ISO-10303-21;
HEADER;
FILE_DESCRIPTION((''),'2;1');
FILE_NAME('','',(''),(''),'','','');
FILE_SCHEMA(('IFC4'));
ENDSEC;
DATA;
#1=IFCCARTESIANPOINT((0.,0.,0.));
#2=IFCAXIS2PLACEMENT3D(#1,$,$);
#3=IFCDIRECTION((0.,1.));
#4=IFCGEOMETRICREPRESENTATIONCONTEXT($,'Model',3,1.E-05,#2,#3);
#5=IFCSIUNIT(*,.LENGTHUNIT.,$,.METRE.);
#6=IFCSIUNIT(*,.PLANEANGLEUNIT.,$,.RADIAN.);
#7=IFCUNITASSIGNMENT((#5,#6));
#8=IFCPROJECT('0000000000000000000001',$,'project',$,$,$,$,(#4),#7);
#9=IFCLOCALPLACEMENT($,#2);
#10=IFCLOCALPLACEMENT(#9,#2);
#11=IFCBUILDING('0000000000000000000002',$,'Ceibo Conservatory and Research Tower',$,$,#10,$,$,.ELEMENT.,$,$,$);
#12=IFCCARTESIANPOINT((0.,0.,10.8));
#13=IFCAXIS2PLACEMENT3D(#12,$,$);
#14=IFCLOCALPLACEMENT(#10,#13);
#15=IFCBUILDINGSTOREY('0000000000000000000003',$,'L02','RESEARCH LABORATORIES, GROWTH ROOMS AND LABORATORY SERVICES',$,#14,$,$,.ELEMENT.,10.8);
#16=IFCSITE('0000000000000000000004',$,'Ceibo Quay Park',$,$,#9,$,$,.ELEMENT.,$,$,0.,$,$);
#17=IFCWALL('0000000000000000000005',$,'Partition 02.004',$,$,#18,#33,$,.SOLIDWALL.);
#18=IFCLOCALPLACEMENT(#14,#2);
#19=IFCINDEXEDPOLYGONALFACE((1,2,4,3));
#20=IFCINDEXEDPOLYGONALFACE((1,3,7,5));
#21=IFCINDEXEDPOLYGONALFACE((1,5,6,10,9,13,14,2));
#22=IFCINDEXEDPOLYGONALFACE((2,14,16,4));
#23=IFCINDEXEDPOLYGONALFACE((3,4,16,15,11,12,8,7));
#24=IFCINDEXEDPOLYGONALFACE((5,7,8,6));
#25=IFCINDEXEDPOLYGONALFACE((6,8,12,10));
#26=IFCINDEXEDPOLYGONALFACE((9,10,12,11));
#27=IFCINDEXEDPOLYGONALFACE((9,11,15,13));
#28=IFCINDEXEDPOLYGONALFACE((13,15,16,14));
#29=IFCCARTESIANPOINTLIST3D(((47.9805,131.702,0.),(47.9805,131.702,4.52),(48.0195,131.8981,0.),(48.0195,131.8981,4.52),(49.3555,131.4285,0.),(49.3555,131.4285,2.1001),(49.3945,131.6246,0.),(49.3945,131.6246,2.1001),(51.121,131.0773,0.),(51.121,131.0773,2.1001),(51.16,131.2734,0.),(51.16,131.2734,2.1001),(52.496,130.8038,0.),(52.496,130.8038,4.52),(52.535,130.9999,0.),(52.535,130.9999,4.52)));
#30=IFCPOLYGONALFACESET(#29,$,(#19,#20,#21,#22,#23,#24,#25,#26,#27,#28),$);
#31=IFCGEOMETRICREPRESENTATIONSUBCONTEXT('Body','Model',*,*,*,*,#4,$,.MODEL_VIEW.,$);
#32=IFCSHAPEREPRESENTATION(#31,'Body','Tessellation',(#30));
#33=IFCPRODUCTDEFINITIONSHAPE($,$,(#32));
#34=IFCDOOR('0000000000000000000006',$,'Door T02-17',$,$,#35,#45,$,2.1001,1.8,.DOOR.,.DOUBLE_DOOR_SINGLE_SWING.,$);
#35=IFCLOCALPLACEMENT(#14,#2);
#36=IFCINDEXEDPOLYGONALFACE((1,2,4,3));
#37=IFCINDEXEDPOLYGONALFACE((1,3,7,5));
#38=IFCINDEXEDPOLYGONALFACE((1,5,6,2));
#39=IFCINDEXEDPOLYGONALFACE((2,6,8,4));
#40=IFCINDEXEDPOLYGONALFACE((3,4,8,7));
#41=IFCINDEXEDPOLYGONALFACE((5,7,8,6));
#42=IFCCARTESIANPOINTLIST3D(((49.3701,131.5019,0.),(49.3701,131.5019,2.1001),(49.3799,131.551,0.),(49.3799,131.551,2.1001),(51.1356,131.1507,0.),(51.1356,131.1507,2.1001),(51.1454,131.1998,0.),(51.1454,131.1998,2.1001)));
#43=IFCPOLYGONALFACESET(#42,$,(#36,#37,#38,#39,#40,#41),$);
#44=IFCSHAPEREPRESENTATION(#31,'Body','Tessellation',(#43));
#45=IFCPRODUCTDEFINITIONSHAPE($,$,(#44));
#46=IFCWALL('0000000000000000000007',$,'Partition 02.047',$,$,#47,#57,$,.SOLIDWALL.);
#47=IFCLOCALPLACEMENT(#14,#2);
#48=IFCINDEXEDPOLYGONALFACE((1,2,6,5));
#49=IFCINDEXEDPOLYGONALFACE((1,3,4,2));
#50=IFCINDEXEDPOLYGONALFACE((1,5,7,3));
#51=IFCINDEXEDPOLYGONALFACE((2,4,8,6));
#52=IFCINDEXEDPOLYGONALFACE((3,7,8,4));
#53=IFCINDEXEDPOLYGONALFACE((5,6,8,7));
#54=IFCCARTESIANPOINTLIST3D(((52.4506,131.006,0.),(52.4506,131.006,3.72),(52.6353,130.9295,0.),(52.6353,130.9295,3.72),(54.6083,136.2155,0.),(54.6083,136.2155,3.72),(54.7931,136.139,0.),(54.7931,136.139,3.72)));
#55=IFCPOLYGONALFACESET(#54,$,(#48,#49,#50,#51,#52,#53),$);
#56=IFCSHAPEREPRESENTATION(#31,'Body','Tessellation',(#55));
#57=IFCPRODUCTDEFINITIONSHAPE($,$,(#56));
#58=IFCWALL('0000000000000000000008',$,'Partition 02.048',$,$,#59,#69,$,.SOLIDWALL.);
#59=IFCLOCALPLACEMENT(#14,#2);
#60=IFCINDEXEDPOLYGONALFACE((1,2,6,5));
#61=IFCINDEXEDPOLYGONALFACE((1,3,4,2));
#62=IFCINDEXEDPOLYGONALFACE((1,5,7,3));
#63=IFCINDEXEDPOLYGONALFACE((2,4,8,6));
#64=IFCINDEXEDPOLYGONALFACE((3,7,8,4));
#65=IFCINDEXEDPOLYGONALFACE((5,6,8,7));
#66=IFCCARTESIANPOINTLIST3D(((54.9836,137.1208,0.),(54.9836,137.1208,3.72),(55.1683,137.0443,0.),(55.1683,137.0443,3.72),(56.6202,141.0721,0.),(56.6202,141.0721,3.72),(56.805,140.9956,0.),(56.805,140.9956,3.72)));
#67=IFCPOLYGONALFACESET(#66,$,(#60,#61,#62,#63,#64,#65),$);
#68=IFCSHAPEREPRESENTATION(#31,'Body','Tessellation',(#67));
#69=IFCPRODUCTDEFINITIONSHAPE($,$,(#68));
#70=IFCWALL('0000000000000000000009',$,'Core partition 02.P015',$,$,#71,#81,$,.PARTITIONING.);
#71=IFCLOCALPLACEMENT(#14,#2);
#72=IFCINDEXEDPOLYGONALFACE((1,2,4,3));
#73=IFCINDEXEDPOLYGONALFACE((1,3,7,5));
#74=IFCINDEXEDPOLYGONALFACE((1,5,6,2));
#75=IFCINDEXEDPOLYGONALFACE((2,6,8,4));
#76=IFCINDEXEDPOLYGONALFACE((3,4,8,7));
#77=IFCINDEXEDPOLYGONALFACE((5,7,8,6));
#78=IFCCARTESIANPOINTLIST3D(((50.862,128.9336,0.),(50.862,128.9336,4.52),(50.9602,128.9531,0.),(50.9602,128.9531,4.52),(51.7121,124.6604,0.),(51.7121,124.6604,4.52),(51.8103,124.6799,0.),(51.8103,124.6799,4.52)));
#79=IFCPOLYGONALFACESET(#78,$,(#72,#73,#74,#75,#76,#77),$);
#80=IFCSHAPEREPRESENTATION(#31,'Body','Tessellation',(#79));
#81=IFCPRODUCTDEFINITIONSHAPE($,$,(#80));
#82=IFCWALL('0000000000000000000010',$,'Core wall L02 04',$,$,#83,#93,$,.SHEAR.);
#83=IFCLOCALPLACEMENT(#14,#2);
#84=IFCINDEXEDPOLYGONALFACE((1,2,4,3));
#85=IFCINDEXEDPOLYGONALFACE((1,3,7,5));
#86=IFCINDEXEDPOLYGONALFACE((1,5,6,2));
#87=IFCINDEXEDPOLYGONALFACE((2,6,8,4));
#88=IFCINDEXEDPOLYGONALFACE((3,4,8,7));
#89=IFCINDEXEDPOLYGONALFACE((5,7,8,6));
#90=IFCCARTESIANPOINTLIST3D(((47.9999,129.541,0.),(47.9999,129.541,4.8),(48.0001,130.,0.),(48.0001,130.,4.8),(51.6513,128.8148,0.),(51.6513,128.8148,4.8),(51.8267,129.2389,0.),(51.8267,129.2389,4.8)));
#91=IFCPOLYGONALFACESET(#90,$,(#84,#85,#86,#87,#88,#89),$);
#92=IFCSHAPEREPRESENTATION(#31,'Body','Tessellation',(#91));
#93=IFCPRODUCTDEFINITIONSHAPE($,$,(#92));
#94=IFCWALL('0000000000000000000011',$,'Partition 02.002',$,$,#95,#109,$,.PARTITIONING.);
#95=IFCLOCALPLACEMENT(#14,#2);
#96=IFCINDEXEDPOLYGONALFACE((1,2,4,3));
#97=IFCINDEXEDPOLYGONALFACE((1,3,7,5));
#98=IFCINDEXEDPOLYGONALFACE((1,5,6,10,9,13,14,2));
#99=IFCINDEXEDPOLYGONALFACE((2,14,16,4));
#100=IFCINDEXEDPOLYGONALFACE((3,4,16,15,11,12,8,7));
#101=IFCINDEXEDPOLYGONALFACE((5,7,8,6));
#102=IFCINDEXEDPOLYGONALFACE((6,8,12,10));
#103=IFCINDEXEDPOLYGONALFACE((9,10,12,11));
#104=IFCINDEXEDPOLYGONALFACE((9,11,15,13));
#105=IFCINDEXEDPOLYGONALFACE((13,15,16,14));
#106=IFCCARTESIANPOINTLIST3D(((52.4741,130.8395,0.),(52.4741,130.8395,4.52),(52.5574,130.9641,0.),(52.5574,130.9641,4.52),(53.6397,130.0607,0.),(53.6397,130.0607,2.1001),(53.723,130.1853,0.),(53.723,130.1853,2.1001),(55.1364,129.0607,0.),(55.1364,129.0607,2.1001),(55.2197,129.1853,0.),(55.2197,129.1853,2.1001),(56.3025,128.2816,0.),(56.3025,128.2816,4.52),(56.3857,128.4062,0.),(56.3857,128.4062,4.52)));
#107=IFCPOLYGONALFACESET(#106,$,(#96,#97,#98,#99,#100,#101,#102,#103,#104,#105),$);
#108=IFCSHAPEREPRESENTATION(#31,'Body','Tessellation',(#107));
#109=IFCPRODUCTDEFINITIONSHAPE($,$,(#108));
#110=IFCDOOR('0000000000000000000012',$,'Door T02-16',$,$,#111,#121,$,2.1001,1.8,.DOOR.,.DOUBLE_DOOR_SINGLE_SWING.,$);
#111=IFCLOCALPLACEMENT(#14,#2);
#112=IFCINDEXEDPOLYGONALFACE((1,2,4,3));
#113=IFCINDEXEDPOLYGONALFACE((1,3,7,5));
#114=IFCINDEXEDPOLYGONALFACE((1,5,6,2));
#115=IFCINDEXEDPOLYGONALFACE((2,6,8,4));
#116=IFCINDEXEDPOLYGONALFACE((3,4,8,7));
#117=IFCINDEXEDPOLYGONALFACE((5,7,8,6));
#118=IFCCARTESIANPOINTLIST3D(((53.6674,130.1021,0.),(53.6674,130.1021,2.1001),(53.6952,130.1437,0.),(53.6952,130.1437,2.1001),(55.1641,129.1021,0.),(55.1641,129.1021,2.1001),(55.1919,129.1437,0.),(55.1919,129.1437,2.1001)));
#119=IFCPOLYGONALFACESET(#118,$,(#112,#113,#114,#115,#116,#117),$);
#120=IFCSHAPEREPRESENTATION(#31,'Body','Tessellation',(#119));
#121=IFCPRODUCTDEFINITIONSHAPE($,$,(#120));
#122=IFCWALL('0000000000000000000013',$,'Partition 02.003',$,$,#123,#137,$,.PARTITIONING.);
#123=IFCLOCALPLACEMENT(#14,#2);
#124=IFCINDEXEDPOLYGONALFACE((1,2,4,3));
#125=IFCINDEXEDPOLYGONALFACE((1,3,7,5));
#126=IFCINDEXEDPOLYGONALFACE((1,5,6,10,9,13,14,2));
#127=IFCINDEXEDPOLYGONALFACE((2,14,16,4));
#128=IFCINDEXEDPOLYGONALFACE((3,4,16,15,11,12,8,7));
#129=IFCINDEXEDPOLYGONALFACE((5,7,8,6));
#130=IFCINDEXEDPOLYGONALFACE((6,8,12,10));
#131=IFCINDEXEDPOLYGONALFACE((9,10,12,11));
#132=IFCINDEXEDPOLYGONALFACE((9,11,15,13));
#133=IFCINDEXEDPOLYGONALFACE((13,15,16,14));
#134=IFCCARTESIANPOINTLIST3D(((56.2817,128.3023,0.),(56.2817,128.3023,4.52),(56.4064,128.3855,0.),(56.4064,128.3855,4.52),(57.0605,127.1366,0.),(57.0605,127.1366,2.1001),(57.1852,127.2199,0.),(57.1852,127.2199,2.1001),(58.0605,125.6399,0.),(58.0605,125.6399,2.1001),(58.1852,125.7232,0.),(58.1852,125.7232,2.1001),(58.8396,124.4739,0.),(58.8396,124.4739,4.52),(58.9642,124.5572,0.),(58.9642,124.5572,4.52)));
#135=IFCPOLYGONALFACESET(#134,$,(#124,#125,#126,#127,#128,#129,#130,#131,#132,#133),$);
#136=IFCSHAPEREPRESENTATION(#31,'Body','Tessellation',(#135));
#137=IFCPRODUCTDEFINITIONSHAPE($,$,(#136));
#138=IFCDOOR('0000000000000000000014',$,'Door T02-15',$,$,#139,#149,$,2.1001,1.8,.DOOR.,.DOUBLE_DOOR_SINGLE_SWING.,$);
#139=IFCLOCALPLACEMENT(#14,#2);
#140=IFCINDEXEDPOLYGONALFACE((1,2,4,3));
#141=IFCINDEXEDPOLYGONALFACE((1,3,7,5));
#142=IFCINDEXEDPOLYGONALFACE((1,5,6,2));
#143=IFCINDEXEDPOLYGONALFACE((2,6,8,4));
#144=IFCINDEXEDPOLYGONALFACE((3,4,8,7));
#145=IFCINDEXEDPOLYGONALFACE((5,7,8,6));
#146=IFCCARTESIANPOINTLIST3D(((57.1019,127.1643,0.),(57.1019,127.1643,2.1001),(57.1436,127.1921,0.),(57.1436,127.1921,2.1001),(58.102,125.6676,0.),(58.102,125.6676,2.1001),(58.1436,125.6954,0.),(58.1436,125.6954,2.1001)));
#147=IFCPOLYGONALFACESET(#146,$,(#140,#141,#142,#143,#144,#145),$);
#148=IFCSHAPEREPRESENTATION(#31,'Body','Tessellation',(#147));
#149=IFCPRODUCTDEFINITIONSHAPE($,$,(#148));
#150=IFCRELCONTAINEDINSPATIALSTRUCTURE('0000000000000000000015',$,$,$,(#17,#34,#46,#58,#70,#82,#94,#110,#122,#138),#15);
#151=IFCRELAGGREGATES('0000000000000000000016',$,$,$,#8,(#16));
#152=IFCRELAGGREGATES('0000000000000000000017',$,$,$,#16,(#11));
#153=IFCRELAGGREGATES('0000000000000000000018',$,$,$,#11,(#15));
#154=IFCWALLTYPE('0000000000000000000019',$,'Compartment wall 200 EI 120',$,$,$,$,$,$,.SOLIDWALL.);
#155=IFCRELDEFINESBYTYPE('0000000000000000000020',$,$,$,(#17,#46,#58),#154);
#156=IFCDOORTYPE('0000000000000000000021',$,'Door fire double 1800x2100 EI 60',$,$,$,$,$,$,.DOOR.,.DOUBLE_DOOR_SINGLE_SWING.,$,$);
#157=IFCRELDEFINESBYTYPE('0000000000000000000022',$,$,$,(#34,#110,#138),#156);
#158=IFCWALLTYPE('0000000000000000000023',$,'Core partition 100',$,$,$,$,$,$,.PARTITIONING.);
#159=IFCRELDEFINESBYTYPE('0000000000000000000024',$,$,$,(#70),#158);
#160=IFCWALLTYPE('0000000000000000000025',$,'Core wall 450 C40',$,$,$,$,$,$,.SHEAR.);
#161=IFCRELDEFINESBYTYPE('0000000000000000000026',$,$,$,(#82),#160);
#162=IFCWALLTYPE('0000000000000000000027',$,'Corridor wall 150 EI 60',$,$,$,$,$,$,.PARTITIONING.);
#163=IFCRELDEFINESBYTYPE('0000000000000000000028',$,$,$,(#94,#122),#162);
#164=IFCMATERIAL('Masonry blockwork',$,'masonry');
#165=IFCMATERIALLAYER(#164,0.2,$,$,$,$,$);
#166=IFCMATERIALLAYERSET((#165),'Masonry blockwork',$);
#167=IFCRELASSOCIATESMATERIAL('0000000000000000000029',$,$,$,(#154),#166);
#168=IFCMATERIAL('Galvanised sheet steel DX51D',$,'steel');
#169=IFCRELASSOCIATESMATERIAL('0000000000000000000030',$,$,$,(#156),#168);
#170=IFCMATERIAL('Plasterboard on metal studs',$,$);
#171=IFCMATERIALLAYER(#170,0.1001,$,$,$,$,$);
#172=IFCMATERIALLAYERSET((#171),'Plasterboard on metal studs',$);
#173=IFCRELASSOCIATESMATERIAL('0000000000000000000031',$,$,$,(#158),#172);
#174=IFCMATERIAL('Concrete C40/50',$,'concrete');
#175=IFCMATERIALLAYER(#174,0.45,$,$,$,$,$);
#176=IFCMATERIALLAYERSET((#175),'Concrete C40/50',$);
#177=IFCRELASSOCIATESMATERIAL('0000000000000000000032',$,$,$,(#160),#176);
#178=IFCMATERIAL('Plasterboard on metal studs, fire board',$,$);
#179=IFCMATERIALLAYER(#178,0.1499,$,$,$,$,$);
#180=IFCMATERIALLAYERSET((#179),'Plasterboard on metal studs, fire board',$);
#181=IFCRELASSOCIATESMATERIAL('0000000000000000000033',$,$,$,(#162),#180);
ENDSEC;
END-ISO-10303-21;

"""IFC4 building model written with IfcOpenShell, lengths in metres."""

from ifc_helpers import new_model, si_unit, direction, frame, frame_2d, origin, place, context, subcontext, project, spatial, polyline, rectangle, outline, extrude, material, layer, layer_set, type_object, element, fill, save


model = new_model("IFC4")

# Units and contexts
model_context = context("Model", 3, precision=1e-05, world=origin(), true_north=direction((0.0, 1.0)))
body_context = subcontext(model_context, "Body", "Model", "MODEL_VIEW")
ifc_project = project(units=[si_unit("LENGTHUNIT", "METRE"), si_unit("PLANEANGLEUNIT", "RADIAN")], contexts=[model_context])

# Site, building, storey
site_placement = place(None, origin())
site = spatial("IfcSite", under=ifc_project, at=site_placement, Name="Ceibo Quay Park", CompositionType="ELEMENT", RefElevation=0.0)
building_placement = place(site_placement, origin())
building = spatial("IfcBuilding", under=site, at=building_placement, Name="Ceibo Conservatory and Research Tower", CompositionType="ELEMENT")
storey_placement = place(building_placement, frame((0.0, 0.0, 10.8)))
storey = spatial("IfcBuildingStorey", under=building, at=storey_placement, Name="L02", Description="RESEARCH LABORATORIES, GROWTH ROOMS AND LABORATORY SERVICES", CompositionType="ELEMENT", Elevation=10.8)

# Shared definitions
ifc_material_1 = material(Name="Concrete C40/50", Category="concrete")

# Wall, opening, door
ifc_material_2 = material(Name="Masonry blockwork", Category="masonry")
ifc_layer_1 = layer(ifc_material_2, 0.2)
ifc_layer_set_1 = layer_set([ifc_layer_1], Name="Masonry blockwork")
wall_type_1 = type_object("IfcWallType", Name="Compartment wall 200 EI 120", PredefinedType="SOLIDWALL", material=ifc_layer_set_1)
wall_1_placement = place(storey_placement, frame((48.0, 131.8, 0.0), z_axis=(0.0, 0.0, 1.0), x_axis=(0.980786, -0.195086, 0.0)))
wall_1 = element("IfcWall", 1, at=wall_1_placement, inside=storey, type_object=wall_type_1, Name="Partition 02.004", PredefinedType="SOLIDWALL", context=body_context, shape_type="SweptSolid", body=[
    extrude(rectangle(XDim=4.604, YDim=0.2, at=frame_2d((2.302, 0.0))), origin(), (0.0, 0.0, 1.0), 4.52),
])
opening_1_placement = place(wall_1_placement, frame((1.4021, 0.0, 0.0)))
opening_1 = element("IfcOpeningElement", 2, at=opening_1_placement, cuts=wall_1, PredefinedType="OPENING", context=body_context, shape_type="SweptSolid", body=[
    extrude(rectangle(XDim=1.8, YDim=2.1001, at=frame_2d((0.8999, 1.05))), frame((0.0, 0.1099, 0.0), z_axis=(0.0, -1.0, 0.0), x_axis=(1.0, 0.0, 0.0)), (0.0, 0.0, 1.0), 0.22),
])
ifc_material_3 = material(Name="Galvanised sheet steel DX51D", Category="steel")
door_type = type_object("IfcDoorType", Name="Door fire double 1800x2100 EI 60", OperationType="DOUBLE_DOOR_SINGLE_SWING", PredefinedType="DOOR", material=ifc_material_3)
door_1_placement = place(opening_1_placement, origin())
door_1 = element("IfcDoor", 3, at=door_1_placement, inside=storey, type_object=door_type, Name="Door T02-17", OperationType="DOUBLE_DOOR_SINGLE_SWING", OverallHeight=2.1001, OverallWidth=1.8, PredefinedType="DOOR", context=body_context, shape_type="SweptSolid", body=[
    extrude(rectangle(XDim=1.8, YDim=2.1001, at=frame_2d((0.8999, 1.05))), frame((0.0, 0.0249, 0.0), z_axis=(0.0, -1.0, 0.0), x_axis=(1.0, 0.0, 0.0)), (0.0, 0.0, 1.0), 0.05),
])
fill(opening_1, door_1)

# Walls
wall_2_placement = place(storey_placement, frame((52.543, 130.9678, 0.0), z_axis=(0.0, 0.0, 1.0), x_axis=(0.382665, 0.923887, 0.0)))
element("IfcWall", 4, at=wall_2_placement, inside=storey, type_object=wall_type_1, Name="Partition 02.047", PredefinedType="SOLIDWALL", context=body_context, shape_type="SweptSolid", body=[
    extrude(rectangle(XDim=5.6387, YDim=0.2, at=frame_2d((2.8193, 0.0))), origin(), (0.0, 0.0, 1.0), 3.72),
])
wall_3_placement = place(storey_placement, frame((55.0759, 137.0825, 0.0), z_axis=(0.0, 0.0, 1.0), x_axis=(0.382681, 0.92388, 0.0)))
element("IfcWall", 5, at=wall_3_placement, inside=storey, type_object=wall_type_1, Name="Partition 02.048", PredefinedType="SOLIDWALL", context=body_context, shape_type="SweptSolid", body=[
    extrude(rectangle(XDim=4.2769, YDim=0.2, at=frame_2d((2.1384, 0.0))), origin(), (0.0, 0.0, 1.0), 3.72),
])
ifc_material_4 = material(Name="Plasterboard on metal studs")
ifc_layer_2 = layer(ifc_material_4, 0.1001)
ifc_layer_set_2 = layer_set([ifc_layer_2], Name="Plasterboard on metal studs")
wall_type_2 = type_object("IfcWallType", Name="Core partition 100", PredefinedType="PARTITIONING", material=ifc_layer_set_2)
wall_4_placement = place(storey_placement, frame((50.9111, 128.9434, 0.0), z_axis=(0.0, 0.0, 1.0), x_axis=(0.195114, -0.980781, 0.0)))
element("IfcWall", 6, at=wall_4_placement, inside=storey, type_object=wall_type_2, Name="Core partition 02.P015", PredefinedType="PARTITIONING", context=body_context, shape_type="SweptSolid", body=[
    extrude(rectangle(XDim=4.3569, YDim=0.1001, at=frame_2d((2.1785, 0.0))), origin(), (0.0, 0.0, 1.0), 4.52),
])
ifc_layer_3 = layer(ifc_material_1, 0.45)
ifc_layer_set_3 = layer_set([ifc_layer_3], Name="Concrete C40/50")
wall_type_3 = type_object("IfcWallType", Name="Core wall 450 C40", PredefinedType="SHEAR", material=ifc_layer_set_3)
wall_5_placement = place(storey_placement, frame((51.739, 129.0269, 0.0), z_axis=(0.0, 0.0, 1.0), x_axis=(-0.980789, 0.195069, 0.0)))
element("IfcWall", 7, at=wall_5_placement, inside=storey, type_object=wall_type_3, Name="Core wall L02 04", PredefinedType="SHEAR", context=body_context, shape_type="SweptSolid", body=[
    extrude(outline(polyline([(-0.0447, -0.2251), (3.8569, -0.2251), (3.7676, 0.2251), (0.0447, 0.2251), (-0.0447, -0.2251)])), origin(), (0.0, 0.0, 1.0), 4.8),
])

# Walls, openings, doors
ifc_material_5 = material(Name="Plasterboard on metal studs, fire board")
ifc_layer_4 = layer(ifc_material_5, 0.1499)
ifc_layer_set_4 = layer_set([ifc_layer_4], Name="Plasterboard on metal studs, fire board")
wall_type_4 = type_object("IfcWallType", Name="Corridor wall 150 EI 60", PredefinedType="PARTITIONING", material=ifc_layer_set_4)
wall_6_placement = place(storey_placement, frame((52.5156, 130.9019, 0.0), z_axis=(0.0, 0.0, 1.0), x_axis=(0.831487, -0.555544, 0.0)))
wall_6 = element("IfcWall", 8, at=wall_6_placement, inside=storey, type_object=wall_type_4, Name="Partition 02.002", PredefinedType="PARTITIONING", context=body_context, shape_type="SweptSolid", body=[
    extrude(rectangle(XDim=4.6042, YDim=0.1499, at=frame_2d((2.3022, 0.0))), origin(), (0.0, 0.0, 1.0), 4.52),
])
opening_2_placement = place(wall_6_placement, frame((1.4021, 0.0, 0.0)))
opening_2 = element("IfcOpeningElement", 9, at=opening_2_placement, cuts=wall_6, PredefinedType="OPENING", context=body_context, shape_type="SweptSolid", body=[
    extrude(rectangle(XDim=1.8, YDim=2.1001, at=frame_2d((0.8999, 1.05))), frame((0.0, 0.085, 0.0), z_axis=(0.0, -1.0, 0.0), x_axis=(1.0, 0.0, 0.0)), (0.0, 0.0, 1.0), 0.1699),
])
door_2_placement = place(opening_2_placement, origin())
door_2 = element("IfcDoor", 10, at=door_2_placement, inside=storey, type_object=door_type, Name="Door T02-16", OperationType="DOUBLE_DOOR_SINGLE_SWING", OverallHeight=2.1001, OverallWidth=1.8, PredefinedType="DOOR", context=body_context, shape_type="SweptSolid", body=[
    extrude(rectangle(XDim=1.8, YDim=2.1001, at=frame_2d((0.8999, 1.05))), frame((0.0, 0.0249, 0.0), z_axis=(0.0, -1.0, 0.0), x_axis=(1.0, 0.0, 0.0)), (0.0, 0.0, 1.0), 0.05),
])
fill(opening_2, door_2)
wall_7_placement = place(storey_placement, frame((56.344, 128.344, 0.0), z_axis=(0.0, 0.0, 1.0), x_axis=(0.555544, -0.831487, 0.0)))
wall_7 = element("IfcWall", 11, at=wall_7_placement, inside=storey, type_object=wall_type_4, Name="Partition 02.003", PredefinedType="PARTITIONING", context=body_context, shape_type="SweptSolid", body=[
    extrude(rectangle(XDim=4.6042, YDim=0.1499, at=frame_2d((2.3022, 0.0))), origin(), (0.0, 0.0, 1.0), 4.52),
])
opening_3_placement = place(wall_7_placement, frame((1.4021, 0.0, 0.0)))
opening_3 = element("IfcOpeningElement", 12, at=opening_3_placement, cuts=wall_7, PredefinedType="OPENING", context=body_context, shape_type="SweptSolid", body=[
    extrude(rectangle(XDim=1.8, YDim=2.1001, at=frame_2d((0.8999, 1.05))), frame((0.0, 0.085, 0.0), z_axis=(0.0, -1.0, 0.0), x_axis=(1.0, 0.0, 0.0)), (0.0, 0.0, 1.0), 0.1699),
])
door_3_placement = place(opening_3_placement, origin())
door_3 = element("IfcDoor", 13, at=door_3_placement, inside=storey, type_object=door_type, Name="Door T02-15", OperationType="DOUBLE_DOOR_SINGLE_SWING", OverallHeight=2.1001, OverallWidth=1.8, PredefinedType="DOOR", context=body_context, shape_type="SweptSolid", body=[
    extrude(rectangle(XDim=1.8, YDim=2.1001, at=frame_2d((0.8999, 1.05))), frame((0.0, 0.0249, 0.0), z_axis=(0.0, -1.0, 0.0), x_axis=(1.0, 0.0, 0.0)), (0.0, 0.0, 1.0), 0.05),
])
fill(opening_3, door_3)

save(model, "model.ifc")
